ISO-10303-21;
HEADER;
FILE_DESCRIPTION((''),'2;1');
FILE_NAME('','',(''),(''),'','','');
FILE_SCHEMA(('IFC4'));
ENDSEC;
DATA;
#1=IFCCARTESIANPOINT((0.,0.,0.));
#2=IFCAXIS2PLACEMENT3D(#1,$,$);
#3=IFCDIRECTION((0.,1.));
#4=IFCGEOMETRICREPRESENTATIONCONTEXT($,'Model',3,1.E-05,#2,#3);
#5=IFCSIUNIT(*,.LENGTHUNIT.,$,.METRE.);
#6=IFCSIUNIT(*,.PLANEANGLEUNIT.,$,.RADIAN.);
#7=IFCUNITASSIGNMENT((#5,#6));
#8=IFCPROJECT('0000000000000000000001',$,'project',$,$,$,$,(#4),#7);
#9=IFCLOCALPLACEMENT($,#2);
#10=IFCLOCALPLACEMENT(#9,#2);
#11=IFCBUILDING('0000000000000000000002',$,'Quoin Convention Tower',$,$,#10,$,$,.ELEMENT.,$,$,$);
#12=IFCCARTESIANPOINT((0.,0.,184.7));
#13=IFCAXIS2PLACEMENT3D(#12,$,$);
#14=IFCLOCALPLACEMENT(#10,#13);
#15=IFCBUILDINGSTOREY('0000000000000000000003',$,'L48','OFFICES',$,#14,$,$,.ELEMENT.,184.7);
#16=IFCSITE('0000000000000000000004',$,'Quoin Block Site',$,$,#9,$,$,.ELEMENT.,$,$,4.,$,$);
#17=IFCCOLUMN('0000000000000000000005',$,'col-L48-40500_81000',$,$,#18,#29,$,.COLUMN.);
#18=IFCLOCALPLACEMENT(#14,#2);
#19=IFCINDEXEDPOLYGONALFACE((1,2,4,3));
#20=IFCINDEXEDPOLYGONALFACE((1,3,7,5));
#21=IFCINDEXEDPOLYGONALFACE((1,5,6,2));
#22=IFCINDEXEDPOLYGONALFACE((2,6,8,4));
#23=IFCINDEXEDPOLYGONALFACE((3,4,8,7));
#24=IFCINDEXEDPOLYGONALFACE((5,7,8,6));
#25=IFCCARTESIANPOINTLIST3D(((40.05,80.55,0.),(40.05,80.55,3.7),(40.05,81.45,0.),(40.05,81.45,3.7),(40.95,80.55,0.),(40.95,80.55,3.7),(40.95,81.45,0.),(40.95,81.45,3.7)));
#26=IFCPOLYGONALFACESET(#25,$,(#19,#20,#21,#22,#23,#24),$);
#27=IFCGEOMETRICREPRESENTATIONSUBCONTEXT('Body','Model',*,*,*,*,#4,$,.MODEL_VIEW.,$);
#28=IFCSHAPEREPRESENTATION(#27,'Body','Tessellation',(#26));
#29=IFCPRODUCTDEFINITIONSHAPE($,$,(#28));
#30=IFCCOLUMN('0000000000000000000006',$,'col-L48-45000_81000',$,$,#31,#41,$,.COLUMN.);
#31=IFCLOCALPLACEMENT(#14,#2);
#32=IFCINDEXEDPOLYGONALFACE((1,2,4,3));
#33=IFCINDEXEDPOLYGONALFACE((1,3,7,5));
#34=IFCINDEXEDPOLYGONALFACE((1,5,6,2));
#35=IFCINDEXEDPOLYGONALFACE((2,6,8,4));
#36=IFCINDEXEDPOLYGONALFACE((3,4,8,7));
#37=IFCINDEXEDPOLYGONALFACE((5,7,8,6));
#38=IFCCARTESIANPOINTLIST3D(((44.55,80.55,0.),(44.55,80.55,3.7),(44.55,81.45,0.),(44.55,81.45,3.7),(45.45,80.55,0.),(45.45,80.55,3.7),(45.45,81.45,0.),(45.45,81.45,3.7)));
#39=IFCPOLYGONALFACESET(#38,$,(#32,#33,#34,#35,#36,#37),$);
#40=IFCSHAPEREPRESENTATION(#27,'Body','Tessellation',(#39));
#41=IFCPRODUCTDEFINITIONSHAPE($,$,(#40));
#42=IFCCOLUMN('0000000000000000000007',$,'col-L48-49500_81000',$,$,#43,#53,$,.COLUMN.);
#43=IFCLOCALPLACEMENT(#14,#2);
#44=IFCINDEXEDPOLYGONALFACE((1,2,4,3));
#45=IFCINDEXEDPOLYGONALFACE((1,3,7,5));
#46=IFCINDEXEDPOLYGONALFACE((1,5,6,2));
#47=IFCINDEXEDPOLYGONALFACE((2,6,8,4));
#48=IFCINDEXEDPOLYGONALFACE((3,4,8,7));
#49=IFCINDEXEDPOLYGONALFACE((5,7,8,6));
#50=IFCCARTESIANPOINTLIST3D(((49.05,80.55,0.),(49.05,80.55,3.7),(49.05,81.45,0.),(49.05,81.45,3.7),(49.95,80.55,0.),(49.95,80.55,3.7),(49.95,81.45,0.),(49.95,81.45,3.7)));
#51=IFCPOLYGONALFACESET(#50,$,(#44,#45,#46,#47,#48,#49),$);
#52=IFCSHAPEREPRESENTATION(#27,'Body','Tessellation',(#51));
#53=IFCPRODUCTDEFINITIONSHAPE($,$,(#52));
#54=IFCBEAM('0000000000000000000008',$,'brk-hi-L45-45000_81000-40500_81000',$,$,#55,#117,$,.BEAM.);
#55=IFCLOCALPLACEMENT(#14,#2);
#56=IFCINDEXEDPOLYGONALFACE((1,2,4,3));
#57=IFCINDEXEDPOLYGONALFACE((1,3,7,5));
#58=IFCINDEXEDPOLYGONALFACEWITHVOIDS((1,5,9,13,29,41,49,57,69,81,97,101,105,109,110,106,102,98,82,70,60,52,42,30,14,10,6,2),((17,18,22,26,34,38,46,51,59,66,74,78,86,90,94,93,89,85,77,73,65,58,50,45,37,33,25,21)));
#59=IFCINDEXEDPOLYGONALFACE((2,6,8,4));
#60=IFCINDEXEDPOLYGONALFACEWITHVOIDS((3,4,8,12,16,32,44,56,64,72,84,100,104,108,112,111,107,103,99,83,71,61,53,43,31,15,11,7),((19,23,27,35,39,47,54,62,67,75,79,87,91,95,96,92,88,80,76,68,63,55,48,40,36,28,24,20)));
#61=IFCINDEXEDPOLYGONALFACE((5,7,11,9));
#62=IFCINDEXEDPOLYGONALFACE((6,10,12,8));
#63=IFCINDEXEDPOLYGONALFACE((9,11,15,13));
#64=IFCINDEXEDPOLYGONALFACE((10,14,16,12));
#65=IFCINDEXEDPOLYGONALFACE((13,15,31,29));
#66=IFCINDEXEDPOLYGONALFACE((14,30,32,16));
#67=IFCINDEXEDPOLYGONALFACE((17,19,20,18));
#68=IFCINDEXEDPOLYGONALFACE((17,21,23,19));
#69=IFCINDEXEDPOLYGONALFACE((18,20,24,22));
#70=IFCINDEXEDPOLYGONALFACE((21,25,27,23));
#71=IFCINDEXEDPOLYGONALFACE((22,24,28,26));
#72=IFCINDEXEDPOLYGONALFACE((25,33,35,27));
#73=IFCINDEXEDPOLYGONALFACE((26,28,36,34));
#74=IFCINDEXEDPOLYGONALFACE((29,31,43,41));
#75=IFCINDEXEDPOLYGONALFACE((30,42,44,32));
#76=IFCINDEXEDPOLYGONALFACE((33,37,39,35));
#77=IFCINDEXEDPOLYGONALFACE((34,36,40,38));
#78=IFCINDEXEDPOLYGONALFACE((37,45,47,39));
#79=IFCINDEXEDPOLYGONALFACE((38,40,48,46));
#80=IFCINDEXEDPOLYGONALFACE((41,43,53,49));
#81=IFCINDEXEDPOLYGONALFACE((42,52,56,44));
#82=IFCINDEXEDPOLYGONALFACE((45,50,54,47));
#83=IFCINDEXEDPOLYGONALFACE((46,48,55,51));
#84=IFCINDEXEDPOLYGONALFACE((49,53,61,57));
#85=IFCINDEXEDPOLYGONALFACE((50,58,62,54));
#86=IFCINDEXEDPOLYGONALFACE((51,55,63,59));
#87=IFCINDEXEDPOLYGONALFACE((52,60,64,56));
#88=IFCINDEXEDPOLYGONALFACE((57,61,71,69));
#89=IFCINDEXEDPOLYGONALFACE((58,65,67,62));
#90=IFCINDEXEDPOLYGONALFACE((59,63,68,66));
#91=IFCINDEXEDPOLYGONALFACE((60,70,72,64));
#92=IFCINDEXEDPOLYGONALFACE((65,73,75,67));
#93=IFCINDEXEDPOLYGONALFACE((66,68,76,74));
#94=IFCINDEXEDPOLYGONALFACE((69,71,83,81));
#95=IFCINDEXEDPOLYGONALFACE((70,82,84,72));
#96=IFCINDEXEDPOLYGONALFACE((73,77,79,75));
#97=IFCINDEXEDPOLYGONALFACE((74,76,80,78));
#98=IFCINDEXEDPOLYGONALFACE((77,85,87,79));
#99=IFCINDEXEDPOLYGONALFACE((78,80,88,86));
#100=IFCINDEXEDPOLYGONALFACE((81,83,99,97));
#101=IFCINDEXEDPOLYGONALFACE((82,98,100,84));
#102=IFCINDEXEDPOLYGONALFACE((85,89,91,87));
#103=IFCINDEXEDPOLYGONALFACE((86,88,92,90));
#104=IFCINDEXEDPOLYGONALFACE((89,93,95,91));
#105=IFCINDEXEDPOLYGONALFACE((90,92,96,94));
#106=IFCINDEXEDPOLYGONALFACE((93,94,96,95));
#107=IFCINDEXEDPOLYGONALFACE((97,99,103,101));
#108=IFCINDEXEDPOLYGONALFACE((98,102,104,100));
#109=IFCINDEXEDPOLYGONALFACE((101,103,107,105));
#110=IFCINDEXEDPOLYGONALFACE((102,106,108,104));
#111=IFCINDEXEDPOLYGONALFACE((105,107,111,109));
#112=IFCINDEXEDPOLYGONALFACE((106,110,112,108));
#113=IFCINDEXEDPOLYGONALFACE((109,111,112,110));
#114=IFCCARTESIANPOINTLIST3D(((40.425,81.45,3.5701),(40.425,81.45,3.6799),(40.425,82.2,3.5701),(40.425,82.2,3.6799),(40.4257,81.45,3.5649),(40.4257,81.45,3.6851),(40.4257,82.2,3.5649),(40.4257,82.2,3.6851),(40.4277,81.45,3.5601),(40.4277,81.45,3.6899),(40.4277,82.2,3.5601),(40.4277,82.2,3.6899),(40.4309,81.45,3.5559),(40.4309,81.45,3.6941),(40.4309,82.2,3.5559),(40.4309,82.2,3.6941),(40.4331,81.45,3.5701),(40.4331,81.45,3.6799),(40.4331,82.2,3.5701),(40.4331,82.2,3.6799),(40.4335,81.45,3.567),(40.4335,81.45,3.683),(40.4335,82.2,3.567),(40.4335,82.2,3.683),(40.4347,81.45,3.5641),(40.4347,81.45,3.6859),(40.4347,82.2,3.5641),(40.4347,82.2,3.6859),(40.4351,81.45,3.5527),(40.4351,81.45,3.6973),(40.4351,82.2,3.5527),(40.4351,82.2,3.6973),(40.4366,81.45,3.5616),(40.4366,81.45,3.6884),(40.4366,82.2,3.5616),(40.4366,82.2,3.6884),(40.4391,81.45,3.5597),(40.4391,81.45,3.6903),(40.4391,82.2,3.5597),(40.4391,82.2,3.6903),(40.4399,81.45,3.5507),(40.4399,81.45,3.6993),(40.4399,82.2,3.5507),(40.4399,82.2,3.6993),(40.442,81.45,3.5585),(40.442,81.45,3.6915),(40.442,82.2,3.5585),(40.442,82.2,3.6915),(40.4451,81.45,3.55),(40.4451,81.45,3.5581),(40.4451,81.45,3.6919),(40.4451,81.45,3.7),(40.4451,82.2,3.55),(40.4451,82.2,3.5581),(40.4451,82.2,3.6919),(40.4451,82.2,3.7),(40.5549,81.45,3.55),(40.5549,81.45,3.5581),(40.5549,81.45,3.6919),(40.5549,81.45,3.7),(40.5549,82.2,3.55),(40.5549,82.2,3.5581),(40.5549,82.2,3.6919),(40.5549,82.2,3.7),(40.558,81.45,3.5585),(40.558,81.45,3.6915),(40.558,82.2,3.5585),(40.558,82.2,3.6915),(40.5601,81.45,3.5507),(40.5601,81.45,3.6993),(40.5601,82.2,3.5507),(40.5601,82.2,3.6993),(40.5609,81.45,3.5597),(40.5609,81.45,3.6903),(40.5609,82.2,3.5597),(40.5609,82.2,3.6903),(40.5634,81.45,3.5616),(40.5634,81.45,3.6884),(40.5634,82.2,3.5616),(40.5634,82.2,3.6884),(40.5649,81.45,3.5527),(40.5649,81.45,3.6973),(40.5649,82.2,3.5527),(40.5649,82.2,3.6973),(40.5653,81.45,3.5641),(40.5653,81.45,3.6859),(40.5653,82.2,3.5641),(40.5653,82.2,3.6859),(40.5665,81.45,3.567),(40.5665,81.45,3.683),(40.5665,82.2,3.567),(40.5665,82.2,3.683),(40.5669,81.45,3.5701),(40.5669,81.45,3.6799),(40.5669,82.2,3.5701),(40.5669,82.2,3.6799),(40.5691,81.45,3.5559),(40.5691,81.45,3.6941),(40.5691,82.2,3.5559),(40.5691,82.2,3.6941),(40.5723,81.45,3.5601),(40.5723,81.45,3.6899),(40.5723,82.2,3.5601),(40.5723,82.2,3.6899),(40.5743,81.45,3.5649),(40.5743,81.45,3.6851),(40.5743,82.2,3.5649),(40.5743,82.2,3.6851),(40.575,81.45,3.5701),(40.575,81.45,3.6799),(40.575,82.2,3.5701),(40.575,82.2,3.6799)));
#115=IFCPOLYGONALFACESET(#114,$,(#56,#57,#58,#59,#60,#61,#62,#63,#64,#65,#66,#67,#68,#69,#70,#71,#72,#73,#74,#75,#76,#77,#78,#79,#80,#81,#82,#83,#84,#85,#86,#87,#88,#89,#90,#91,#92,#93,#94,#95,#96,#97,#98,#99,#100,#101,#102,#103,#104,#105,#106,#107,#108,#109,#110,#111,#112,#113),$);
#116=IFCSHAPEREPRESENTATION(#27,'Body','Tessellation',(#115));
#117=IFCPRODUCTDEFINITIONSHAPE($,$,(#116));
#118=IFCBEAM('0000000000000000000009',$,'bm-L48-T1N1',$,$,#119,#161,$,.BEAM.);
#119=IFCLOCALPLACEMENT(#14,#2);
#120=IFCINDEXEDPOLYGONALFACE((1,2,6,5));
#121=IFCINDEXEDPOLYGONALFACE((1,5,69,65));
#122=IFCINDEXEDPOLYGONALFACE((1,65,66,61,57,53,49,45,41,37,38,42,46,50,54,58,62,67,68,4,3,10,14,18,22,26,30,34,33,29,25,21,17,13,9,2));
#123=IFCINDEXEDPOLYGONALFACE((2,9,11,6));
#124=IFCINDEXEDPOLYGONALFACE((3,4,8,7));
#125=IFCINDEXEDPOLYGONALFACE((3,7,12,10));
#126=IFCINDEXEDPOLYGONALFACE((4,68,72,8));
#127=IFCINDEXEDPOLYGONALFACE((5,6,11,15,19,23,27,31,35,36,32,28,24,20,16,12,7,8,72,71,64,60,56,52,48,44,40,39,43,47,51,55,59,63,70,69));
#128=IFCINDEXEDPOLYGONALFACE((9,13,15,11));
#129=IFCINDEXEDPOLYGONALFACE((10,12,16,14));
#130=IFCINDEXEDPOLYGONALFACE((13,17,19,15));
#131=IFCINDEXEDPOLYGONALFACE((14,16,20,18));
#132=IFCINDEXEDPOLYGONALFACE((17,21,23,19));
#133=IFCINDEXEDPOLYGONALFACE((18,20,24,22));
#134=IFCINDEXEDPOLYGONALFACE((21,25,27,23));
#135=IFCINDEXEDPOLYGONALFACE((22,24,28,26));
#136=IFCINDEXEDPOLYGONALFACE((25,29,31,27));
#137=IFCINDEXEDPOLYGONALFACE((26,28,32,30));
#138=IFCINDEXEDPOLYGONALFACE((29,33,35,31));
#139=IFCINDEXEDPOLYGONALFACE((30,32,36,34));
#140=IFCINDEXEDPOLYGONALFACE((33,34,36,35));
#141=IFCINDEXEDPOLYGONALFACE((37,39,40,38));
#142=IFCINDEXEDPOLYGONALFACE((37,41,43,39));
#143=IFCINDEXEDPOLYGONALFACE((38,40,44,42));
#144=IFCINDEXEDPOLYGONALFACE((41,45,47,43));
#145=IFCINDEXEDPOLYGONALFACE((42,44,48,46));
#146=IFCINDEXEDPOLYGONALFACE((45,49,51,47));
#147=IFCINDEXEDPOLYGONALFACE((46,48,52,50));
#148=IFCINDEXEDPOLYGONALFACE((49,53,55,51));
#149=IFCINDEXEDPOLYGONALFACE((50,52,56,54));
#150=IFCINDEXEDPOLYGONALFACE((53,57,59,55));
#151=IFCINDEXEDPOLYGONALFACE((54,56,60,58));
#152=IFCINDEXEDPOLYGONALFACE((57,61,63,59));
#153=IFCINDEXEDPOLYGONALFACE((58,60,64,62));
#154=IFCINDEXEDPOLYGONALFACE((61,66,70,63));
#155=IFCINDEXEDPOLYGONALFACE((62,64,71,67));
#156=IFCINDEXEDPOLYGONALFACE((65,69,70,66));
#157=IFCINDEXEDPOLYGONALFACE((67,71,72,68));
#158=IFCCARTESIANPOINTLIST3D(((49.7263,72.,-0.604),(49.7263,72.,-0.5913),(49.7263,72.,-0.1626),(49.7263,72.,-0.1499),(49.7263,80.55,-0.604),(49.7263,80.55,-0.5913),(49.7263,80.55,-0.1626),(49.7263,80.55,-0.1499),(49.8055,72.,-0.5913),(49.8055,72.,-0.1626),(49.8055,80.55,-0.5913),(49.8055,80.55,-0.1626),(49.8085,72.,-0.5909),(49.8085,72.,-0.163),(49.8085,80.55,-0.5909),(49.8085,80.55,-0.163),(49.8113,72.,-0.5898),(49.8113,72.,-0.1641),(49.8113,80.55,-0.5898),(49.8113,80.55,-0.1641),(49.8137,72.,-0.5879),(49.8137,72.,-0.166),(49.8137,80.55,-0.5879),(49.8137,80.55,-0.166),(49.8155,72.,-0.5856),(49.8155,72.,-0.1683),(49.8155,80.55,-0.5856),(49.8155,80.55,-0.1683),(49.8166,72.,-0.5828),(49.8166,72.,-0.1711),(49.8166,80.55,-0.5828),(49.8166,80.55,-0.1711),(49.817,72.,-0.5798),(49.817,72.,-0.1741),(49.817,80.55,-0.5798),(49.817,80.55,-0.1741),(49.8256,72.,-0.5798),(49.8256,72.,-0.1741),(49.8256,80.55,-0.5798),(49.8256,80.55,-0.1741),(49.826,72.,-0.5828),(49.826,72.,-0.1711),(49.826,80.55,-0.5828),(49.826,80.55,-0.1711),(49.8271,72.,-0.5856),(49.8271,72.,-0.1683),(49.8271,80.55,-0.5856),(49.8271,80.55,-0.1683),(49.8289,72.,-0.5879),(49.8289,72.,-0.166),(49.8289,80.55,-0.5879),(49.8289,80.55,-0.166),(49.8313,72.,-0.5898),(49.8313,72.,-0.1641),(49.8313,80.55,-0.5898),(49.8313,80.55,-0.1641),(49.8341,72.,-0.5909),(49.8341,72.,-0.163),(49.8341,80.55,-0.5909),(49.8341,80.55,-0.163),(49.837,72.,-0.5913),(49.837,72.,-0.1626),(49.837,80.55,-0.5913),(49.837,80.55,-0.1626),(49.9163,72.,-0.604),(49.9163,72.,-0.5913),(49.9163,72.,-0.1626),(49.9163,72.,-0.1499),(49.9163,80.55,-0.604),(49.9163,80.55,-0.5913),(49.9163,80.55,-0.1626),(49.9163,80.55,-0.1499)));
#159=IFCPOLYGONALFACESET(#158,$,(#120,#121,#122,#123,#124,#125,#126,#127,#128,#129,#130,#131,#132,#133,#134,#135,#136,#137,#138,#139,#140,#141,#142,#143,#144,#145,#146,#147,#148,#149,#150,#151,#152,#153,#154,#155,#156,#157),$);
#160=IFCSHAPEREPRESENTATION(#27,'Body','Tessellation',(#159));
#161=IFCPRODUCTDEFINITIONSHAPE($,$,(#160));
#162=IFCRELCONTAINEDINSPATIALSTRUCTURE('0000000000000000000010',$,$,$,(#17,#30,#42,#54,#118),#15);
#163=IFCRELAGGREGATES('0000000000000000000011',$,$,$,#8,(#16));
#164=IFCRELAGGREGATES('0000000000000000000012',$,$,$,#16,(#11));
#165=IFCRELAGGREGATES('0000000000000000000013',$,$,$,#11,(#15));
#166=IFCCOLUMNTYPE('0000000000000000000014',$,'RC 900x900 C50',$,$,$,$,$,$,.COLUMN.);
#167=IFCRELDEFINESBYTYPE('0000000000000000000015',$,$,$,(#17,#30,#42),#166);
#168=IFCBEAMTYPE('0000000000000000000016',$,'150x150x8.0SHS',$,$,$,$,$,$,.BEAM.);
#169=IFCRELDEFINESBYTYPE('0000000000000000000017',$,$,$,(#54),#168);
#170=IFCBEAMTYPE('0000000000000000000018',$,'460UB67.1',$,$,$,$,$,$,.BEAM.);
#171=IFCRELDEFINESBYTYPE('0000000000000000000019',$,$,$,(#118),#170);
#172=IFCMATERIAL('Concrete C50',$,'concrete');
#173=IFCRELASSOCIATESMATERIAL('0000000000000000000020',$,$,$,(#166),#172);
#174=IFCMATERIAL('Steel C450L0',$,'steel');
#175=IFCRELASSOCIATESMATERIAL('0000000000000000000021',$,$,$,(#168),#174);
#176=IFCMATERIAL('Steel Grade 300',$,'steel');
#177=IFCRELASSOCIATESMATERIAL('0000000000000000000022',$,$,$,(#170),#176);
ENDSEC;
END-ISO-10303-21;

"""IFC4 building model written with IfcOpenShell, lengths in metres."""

from ifc_helpers import new_model, si_unit, direction, frame, origin, origin_2d, place, context, subcontext, project, spatial, rectangle, hollow_rectangle, i_section, extrude, material, material_profile, profile_set, type_object, element, save


model = new_model("IFC4")

# Units and contexts
model_context = context("Model", 3, precision=1e-05, world=origin(), true_north=direction((0.0, 1.0)))
body_context = subcontext(model_context, "Body", "Model", "MODEL_VIEW")
ifc_project = project(units=[si_unit("LENGTHUNIT", "METRE"), si_unit("PLANEANGLEUNIT", "RADIAN")], contexts=[model_context])

# Site, building, storey
site_placement = place(None, origin())
site = spatial("IfcSite", under=ifc_project, at=site_placement, Name="Quoin Block Site", CompositionType="ELEMENT", RefElevation=4.0)
building_placement = place(site_placement, origin())
building = spatial("IfcBuilding", under=site, at=building_placement, Name="Quoin Convention Tower", CompositionType="ELEMENT")
storey_placement = place(building_placement, frame((0.0, 0.0, 184.7)))
storey = spatial("IfcBuildingStorey", under=building, at=storey_placement, Name="L48", Description="OFFICES", CompositionType="ELEMENT", Elevation=184.7)

# Columns
ifc_material_1 = material(Name="Concrete C50", Category="concrete")
ifc_material_profile_1 = material_profile(ifc_material_1, rectangle(XDim=0.8999, YDim=0.8999, at=origin_2d()), Name="RC 900x900")
ifc_profile_set_1 = profile_set([ifc_material_profile_1], Name="Concrete C50")
column_type = type_object("IfcColumnType", Name="RC 900x900 C50", PredefinedType="COLUMN", material=ifc_profile_set_1)
for number, where, z_axis, x_axis, name in (
    (1, (40.5, 81.0, 0.0), (0.0, 0.0, 1.0), (1.0, 0.0, 0.0), "col-L48-40500_81000"),
    (2, (45.0, 81.0, 0.0), (0.0, 0.0, 1.0), (1.0, 0.0, 0.0), "col-L48-45000_81000"),
    (3, (49.5, 81.0, 0.0), (0.0, 0.0, 1.0), (1.0, 0.0, 0.0), "col-L48-49500_81000"),
):
    element("IfcColumn", number, at=place(storey_placement, frame(where, z_axis=z_axis, x_axis=x_axis)), inside=storey, type_object=column_type, Name=name, PredefinedType="COLUMN", context=body_context, shape_type="SweptSolid", body=[
        extrude(rectangle(XDim=0.8999, YDim=0.8999, at=origin_2d()), origin(), (0.0, 0.0, 1.0), 3.7),
    ])

# Beams
ifc_material_2 = material(Name="Steel C450L0", Category="steel")
ifc_material_profile_2 = material_profile(ifc_material_2, hollow_rectangle(XDim=0.1499, YDim=0.1499, WallThickness=0.0081, InnerFilletRadius=0.012, OuterFilletRadius=0.02, at=origin_2d()), Name="150x150x8.0SHS")
ifc_profile_set_2 = profile_set([ifc_material_profile_2], Name="Steel C450L0")
beam_type_1 = type_object("IfcBeamType", Name="150x150x8.0SHS", PredefinedType="BEAM", material=ifc_profile_set_2)
beam_1_placement = place(storey_placement, frame((40.5, 81.45, 3.625), z_axis=(0.0, 1.0, 0.0), x_axis=(-1.0, 0.0, 0.0)))
element("IfcBeam", 4, at=beam_1_placement, inside=storey, type_object=beam_type_1, Name="brk-hi-L45-45000_81000-40500_81000", PredefinedType="BEAM", context=body_context, shape_type="SweptSolid", body=[
    extrude(hollow_rectangle(XDim=0.1499, YDim=0.1499, WallThickness=0.0081, InnerFilletRadius=0.012, OuterFilletRadius=0.02, at=origin_2d()), origin(), (0.0, 0.0, 1.0), 0.75),
])
ifc_material_3 = material(Name="Steel Grade 300", Category="steel")
ifc_material_profile_3 = material_profile(ifc_material_3, i_section(OverallWidth=0.1899, OverallDepth=0.4541, WebThickness=0.0085, FlangeThickness=0.0127, FilletRadius=0.0115, at=origin_2d()), Name="460UB67.1")
ifc_profile_set_3 = profile_set([ifc_material_profile_3], Name="Steel Grade 300")
beam_type_2 = type_object("IfcBeamType", Name="460UB67.1", PredefinedType="BEAM", material=ifc_profile_set_3)
beam_2_placement = place(storey_placement, frame((49.8213, 72.0, -0.377), z_axis=(0.0, 1.0, 0.0), x_axis=(-1.0, 0.0, 0.0)))
element("IfcBeam", 5, at=beam_2_placement, inside=storey, type_object=beam_type_2, Name="bm-L48-T1N1", PredefinedType="BEAM", context=body_context, shape_type="SweptSolid", body=[
    extrude(i_section(OverallWidth=0.1899, OverallDepth=0.4541, WebThickness=0.0085, FlangeThickness=0.0127, FilletRadius=0.0115, at=origin_2d()), origin(), (0.0, 0.0, 1.0), 8.55),
])

save(model, "model.ifc")
